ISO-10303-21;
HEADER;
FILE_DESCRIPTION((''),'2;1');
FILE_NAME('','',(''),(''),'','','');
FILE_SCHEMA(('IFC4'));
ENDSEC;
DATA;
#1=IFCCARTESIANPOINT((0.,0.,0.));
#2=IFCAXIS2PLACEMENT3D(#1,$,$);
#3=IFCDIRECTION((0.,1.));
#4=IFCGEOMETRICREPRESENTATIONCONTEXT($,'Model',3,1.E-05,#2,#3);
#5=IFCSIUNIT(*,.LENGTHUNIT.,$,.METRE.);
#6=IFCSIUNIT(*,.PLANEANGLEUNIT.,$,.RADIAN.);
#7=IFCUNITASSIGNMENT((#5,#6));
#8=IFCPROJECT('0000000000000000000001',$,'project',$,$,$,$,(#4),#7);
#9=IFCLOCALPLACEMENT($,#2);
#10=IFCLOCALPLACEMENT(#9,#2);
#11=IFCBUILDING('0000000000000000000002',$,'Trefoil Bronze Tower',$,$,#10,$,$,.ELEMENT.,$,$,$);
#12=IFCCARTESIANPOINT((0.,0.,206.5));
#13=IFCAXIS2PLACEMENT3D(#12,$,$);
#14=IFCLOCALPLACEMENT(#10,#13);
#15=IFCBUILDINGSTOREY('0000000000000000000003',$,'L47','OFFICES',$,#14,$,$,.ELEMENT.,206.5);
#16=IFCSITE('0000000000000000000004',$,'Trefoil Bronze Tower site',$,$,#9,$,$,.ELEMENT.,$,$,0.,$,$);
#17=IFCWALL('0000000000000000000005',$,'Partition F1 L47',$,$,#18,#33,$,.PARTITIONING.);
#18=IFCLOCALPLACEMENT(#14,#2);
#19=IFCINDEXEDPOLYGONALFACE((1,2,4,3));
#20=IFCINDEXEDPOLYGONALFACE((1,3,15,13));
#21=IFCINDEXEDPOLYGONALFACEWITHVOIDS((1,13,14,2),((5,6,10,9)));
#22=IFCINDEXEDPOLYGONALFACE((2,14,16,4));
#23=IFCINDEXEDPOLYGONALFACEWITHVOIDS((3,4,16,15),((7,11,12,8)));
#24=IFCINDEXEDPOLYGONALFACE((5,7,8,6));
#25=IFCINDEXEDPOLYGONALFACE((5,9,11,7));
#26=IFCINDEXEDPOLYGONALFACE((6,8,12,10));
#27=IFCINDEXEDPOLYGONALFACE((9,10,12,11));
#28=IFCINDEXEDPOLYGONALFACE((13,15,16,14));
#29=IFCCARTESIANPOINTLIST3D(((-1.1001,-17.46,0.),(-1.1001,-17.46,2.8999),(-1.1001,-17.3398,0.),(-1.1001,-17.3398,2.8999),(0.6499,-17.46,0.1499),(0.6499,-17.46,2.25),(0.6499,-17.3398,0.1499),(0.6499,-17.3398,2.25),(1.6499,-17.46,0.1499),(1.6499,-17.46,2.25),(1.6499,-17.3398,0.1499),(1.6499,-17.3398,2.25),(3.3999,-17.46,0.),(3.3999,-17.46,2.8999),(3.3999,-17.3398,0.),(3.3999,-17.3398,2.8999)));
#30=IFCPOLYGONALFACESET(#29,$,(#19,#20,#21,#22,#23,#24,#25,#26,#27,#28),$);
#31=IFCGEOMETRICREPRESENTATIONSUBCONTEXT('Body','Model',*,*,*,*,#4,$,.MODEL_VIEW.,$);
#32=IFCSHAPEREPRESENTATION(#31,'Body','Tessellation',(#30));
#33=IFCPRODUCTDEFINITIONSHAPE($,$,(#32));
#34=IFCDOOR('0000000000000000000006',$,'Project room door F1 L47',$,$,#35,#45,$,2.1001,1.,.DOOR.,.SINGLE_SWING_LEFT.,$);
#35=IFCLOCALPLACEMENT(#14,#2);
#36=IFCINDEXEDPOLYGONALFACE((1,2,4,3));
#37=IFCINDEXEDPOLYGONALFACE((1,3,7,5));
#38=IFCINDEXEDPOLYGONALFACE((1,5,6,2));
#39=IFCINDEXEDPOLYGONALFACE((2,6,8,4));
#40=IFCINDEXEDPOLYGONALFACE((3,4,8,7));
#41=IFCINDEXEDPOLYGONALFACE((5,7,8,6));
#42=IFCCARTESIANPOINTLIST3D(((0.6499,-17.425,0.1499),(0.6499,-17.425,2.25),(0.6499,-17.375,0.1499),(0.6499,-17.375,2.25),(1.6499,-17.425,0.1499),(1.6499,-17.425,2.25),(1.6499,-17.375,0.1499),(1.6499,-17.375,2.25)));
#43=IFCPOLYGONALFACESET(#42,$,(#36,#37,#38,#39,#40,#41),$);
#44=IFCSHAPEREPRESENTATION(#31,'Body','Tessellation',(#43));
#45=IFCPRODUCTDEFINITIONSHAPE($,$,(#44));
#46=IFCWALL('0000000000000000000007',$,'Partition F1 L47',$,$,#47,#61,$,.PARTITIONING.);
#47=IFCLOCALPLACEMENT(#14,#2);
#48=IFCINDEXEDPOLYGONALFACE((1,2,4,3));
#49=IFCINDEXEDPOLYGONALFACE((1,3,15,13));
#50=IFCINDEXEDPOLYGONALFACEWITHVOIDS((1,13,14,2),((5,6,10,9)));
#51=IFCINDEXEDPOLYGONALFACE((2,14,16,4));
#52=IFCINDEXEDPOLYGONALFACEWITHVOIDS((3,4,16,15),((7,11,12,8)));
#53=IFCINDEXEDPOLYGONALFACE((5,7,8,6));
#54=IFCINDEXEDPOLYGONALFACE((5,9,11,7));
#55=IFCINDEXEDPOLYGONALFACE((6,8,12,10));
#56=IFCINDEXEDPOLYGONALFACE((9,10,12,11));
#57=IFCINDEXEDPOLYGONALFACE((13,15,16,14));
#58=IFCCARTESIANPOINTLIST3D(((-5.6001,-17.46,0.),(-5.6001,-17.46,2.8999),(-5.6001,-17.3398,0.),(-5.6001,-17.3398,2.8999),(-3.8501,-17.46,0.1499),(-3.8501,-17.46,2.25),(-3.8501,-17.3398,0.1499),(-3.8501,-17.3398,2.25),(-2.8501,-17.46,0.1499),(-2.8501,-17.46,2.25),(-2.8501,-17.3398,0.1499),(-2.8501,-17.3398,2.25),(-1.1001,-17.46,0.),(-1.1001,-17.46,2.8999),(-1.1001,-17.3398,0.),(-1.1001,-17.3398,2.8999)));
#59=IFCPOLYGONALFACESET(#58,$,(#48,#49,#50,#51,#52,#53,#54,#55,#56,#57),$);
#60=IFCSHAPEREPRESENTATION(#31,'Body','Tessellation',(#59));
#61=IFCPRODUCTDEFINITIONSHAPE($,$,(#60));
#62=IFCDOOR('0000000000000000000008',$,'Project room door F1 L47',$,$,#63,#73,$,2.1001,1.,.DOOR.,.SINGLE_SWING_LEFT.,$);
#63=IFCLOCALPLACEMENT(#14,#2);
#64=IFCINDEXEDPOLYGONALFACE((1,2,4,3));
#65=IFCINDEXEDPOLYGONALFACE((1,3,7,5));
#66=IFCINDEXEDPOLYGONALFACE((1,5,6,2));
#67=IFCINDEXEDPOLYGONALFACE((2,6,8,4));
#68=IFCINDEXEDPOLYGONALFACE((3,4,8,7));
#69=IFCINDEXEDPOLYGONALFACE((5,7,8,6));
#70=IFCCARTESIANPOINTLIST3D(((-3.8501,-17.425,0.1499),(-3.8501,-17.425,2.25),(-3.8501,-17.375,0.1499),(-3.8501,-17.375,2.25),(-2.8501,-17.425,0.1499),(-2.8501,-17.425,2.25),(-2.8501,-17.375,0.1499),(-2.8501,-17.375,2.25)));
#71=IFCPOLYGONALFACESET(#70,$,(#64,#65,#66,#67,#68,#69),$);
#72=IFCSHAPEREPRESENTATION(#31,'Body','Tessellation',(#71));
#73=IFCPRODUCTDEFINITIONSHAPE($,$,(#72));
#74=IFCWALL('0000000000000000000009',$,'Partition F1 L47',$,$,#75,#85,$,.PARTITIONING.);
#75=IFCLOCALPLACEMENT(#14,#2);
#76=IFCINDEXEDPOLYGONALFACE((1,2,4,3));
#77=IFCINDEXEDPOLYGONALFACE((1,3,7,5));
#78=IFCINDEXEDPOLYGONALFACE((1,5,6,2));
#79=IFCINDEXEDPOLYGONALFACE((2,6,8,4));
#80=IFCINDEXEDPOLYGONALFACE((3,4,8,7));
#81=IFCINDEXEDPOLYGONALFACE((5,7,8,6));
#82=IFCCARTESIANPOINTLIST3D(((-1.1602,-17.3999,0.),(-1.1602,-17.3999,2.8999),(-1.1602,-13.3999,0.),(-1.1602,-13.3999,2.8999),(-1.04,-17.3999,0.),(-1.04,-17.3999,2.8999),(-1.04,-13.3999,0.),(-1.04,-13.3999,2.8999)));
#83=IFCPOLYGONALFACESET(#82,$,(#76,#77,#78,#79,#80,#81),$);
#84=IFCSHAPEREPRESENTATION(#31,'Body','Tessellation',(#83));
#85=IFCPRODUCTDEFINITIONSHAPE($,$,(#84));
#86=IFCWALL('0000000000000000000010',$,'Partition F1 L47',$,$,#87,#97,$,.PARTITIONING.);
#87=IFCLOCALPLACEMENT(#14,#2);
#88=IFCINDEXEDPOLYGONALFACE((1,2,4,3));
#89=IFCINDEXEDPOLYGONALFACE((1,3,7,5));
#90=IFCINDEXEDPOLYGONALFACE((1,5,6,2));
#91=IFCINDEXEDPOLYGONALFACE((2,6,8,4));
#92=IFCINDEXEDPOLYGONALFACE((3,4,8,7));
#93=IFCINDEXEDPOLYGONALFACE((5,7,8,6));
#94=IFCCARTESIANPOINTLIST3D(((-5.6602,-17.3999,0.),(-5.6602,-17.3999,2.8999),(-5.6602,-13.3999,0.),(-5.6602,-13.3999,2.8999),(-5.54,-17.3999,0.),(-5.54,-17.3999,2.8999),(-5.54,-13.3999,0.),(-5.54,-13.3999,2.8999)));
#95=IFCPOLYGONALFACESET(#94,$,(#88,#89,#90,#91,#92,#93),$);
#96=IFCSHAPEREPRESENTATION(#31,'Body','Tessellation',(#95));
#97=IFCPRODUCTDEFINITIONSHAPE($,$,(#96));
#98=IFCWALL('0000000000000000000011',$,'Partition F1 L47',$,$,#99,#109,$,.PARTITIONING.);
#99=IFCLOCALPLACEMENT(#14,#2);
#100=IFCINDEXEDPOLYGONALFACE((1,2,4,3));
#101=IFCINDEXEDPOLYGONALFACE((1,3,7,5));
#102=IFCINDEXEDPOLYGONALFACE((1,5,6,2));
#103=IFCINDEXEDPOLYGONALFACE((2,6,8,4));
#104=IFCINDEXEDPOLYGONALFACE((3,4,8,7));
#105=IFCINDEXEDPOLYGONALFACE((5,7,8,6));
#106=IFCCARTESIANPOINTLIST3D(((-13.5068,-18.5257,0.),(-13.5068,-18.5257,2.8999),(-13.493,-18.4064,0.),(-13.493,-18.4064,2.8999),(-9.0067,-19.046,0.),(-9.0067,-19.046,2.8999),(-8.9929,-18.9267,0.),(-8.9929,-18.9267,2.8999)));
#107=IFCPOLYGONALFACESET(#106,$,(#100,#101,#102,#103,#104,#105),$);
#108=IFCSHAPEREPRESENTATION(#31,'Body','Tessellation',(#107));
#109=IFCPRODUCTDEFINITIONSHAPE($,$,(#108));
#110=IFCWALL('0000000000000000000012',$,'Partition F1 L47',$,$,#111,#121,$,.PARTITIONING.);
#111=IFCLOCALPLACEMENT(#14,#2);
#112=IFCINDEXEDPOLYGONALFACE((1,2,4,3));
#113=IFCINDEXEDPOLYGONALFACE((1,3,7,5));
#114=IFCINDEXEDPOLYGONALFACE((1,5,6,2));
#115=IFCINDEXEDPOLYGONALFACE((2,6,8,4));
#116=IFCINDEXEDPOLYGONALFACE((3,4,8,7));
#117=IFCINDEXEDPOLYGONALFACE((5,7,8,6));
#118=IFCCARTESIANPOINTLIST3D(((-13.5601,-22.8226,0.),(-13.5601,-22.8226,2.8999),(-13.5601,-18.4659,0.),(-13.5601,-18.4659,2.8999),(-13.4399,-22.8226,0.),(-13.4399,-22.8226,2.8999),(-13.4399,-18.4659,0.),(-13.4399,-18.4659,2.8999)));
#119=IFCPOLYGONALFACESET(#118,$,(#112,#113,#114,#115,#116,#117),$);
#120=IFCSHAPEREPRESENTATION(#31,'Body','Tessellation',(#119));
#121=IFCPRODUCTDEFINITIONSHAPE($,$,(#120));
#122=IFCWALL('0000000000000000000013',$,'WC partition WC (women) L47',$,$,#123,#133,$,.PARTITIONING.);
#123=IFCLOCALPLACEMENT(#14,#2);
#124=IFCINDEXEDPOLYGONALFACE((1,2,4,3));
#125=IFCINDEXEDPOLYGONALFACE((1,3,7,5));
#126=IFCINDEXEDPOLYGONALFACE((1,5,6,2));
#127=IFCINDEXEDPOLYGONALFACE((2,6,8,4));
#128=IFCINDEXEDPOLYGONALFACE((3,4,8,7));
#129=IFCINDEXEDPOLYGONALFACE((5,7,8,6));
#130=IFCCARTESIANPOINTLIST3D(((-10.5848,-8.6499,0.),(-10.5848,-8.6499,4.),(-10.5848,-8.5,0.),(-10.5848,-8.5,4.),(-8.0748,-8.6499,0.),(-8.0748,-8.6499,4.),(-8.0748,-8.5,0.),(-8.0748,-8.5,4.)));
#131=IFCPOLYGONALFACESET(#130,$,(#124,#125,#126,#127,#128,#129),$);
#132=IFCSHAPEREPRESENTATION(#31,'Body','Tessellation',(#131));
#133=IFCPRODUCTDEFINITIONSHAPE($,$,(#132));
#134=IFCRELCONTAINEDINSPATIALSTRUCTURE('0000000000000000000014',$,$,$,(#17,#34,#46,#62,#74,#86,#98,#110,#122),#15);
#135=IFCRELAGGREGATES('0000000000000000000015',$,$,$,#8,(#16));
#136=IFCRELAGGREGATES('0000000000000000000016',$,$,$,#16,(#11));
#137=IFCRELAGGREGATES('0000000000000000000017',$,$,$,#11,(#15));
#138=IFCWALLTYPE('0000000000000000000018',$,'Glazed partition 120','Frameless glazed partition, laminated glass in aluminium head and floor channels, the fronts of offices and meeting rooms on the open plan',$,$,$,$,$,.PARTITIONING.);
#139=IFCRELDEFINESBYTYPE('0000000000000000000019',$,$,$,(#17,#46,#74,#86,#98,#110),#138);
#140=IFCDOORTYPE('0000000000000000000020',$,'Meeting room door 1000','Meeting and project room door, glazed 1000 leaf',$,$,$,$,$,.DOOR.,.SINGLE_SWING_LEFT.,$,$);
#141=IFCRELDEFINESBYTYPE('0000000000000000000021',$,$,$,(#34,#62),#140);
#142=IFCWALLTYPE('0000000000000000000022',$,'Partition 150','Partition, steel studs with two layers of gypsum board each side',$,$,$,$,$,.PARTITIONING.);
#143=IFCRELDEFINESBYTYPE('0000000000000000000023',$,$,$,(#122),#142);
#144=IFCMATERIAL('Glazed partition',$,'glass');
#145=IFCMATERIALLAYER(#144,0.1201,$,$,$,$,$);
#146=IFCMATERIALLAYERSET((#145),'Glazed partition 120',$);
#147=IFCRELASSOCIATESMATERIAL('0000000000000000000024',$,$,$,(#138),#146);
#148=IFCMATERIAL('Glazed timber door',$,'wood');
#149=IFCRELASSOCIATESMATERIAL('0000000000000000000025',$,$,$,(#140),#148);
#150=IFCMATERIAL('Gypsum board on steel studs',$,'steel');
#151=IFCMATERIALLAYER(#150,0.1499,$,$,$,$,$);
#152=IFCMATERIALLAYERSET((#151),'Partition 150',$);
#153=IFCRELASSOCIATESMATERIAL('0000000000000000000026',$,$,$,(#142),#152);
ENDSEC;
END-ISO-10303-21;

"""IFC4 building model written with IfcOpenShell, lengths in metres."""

from ifc_helpers import new_model, si_unit, direction, frame, frame_2d, origin, place, context, subcontext, project, spatial, rectangle, extrude, material, layer, layer_set, type_object, element, fill, save


model = new_model("IFC4")

# Units and contexts
model_context = context("Model", 3, precision=1e-05, world=origin(), true_north=direction((0.0, 1.0)))
body_context = subcontext(model_context, "Body", "Model", "MODEL_VIEW")
ifc_project = project(units=[si_unit("LENGTHUNIT", "METRE"), si_unit("PLANEANGLEUNIT", "RADIAN")], contexts=[model_context])

# Site, building, storey
site_placement = place(None, origin())
site = spatial("IfcSite", under=ifc_project, at=site_placement, Name="Trefoil Bronze Tower site", CompositionType="ELEMENT", RefElevation=0.0)
building_placement = place(site_placement, origin())
building = spatial("IfcBuilding", under=site, at=building_placement, Name="Trefoil Bronze Tower", CompositionType="ELEMENT")
storey_placement = place(building_placement, frame((0.0, 0.0, 206.5)))
storey = spatial("IfcBuildingStorey", under=building, at=storey_placement, Name="L47", Description="OFFICES", CompositionType="ELEMENT", Elevation=206.5)

# Walls, openings, doors
ifc_material_1 = material(Name="Glazed partition", Category="glass")
ifc_layer_1 = layer(ifc_material_1, 0.1201)
ifc_layer_set_1 = layer_set([ifc_layer_1], Name="Glazed partition 120")
wall_type_1 = type_object("IfcWallType", Name="Glazed partition 120", Description="Frameless glazed partition, laminated glass in aluminium head and floor channels, the fronts of offices and meeting rooms on the open plan", PredefinedType="PARTITIONING", material=ifc_layer_set_1)
wall_1_placement = place(storey_placement, frame((-1.1001, -17.3999, 0.0), z_axis=(0.0, 0.0, 1.0), x_axis=(1.0, 0.0, 0.0)))
wall_1 = element("IfcWall", 1, at=wall_1_placement, inside=storey, type_object=wall_type_1, Name="Partition F1 L47", PredefinedType="PARTITIONING", context=body_context, shape_type="SweptSolid", body=[
    extrude(rectangle(XDim=4.5, YDim=0.1201, at=frame_2d((2.25, 0.0))), origin(), (0.0, 0.0, 1.0), 2.8999),
])
opening_1_placement = place(wall_1_placement, frame((1.75, 0.0, 0.1499)))
opening_1 = element("IfcOpeningElement", 2, at=opening_1_placement, cuts=wall_1, PredefinedType="OPENING", context=body_context, shape_type="SweptSolid", body=[
    extrude(rectangle(XDim=1.0, YDim=2.1001, at=frame_2d((0.5, 1.05))), frame((0.0, 0.0701, 0.0), z_axis=(0.0, -1.0, 0.0), x_axis=(1.0, 0.0, 0.0)), (0.0, 0.0, 1.0), 0.1401),
])
ifc_material_2 = material(Name="Glazed timber door", Category="wood")
door_type_1 = type_object("IfcDoorType", Name="Meeting room door 1000", Description="Meeting and project room door, glazed 1000 leaf", OperationType="SINGLE_SWING_LEFT", PredefinedType="DOOR", material=ifc_material_2)
door_1_placement = place(opening_1_placement, origin())
door_1 = element("IfcDoor", 3, at=door_1_placement, inside=storey, type_object=door_type_1, Name="Project room door F1 L47", OperationType="SINGLE_SWING_LEFT", OverallHeight=2.1001, OverallWidth=1.0, PredefinedType="DOOR", context=body_context, shape_type="SweptSolid", body=[
    extrude(rectangle(XDim=1.0, YDim=2.1001, at=frame_2d((0.5, 1.05))), frame((0.0, 0.0249, 0.0), z_axis=(0.0, -1.0, 0.0), x_axis=(1.0, 0.0, 0.0)), (0.0, 0.0, 1.0), 0.05),
])
fill(opening_1, door_1)
wall_2_placement = place(storey_placement, frame((-5.6001, -17.3999, 0.0), z_axis=(0.0, 0.0, 1.0), x_axis=(1.0, 0.0, 0.0)))
wall_2 = element("IfcWall", 4, at=wall_2_placement, inside=storey, type_object=wall_type_1, Name="Partition F1 L47", PredefinedType="PARTITIONING", context=body_context, shape_type="SweptSolid", body=[
    extrude(rectangle(XDim=4.5, YDim=0.1201, at=frame_2d((2.25, 0.0))), origin(), (0.0, 0.0, 1.0), 2.8999),
])
opening_2_placement = place(wall_2_placement, frame((1.75, 0.0, 0.1499)))
opening_2 = element("IfcOpeningElement", 5, at=opening_2_placement, cuts=wall_2, PredefinedType="OPENING", context=body_context, shape_type="SweptSolid", body=[
    extrude(rectangle(XDim=1.0, YDim=2.1001, at=frame_2d((0.5, 1.05))), frame((0.0, 0.0701, 0.0), z_axis=(0.0, -1.0, 0.0), x_axis=(1.0, 0.0, 0.0)), (0.0, 0.0, 1.0), 0.1401),
])
door_2_placement = place(opening_2_placement, origin())
door_2 = element("IfcDoor", 6, at=door_2_placement, inside=storey, type_object=door_type_1, Name="Project room door F1 L47", OperationType="SINGLE_SWING_LEFT", OverallHeight=2.1001, OverallWidth=1.0, PredefinedType="DOOR", context=body_context, shape_type="SweptSolid", body=[
    extrude(rectangle(XDim=1.0, YDim=2.1001, at=frame_2d((0.5, 1.05))), frame((0.0, 0.0249, 0.0), z_axis=(0.0, -1.0, 0.0), x_axis=(1.0, 0.0, 0.0)), (0.0, 0.0, 1.0), 0.05),
])
fill(opening_2, door_2)

# Walls
for number, where, z_axis, x_axis, name in (
    (7, (-1.1001, -13.3999, 0.0), (0.0, 0.0, 1.0), (0.0, -1.0, 0.0), "Partition F1 L47"),
    (8, (-5.6001, -13.3999, 0.0), (0.0, 0.0, 1.0), (0.0, -1.0, 0.0), "Partition F1 L47"),
):
    element("IfcWall", number, at=place(storey_placement, frame(where, z_axis=z_axis, x_axis=x_axis)), inside=storey, type_object=wall_type_1, Name=name, PredefinedType="PARTITIONING", context=body_context, shape_type="SweptSolid", body=[
        extrude(rectangle(XDim=4.0, YDim=0.1201, at=frame_2d((2.0, 0.0))), origin(), (0.0, 0.0, 1.0), 2.8999),
    ])
wall_3_placement = place(storey_placement, frame((-13.5, -18.4661, 0.0), z_axis=(0.0, 0.0, 1.0), x_axis=(0.993383, -0.114849, 0.0)))
element("IfcWall", 9, at=wall_3_placement, inside=storey, type_object=wall_type_1, Name="Partition F1 L47", PredefinedType="PARTITIONING", context=body_context, shape_type="SweptSolid", body=[
    extrude(rectangle(XDim=4.53, YDim=0.1201, at=frame_2d((2.2651, 0.0))), origin(), (0.0, 0.0, 1.0), 2.8999),
])
wall_4_placement = place(storey_placement, frame((-13.5, -18.4661, 0.0), z_axis=(0.0, 0.0, 1.0), x_axis=(0.0, -1.0, 0.0)))
element("IfcWall", 10, at=wall_4_placement, inside=storey, type_object=wall_type_1, Name="Partition F1 L47", PredefinedType="PARTITIONING", context=body_context, shape_type="SweptSolid", body=[
    extrude(rectangle(XDim=4.3567, YDim=0.1201, at=frame_2d((2.1782, 0.0))), origin(), (0.0, 0.0, 1.0), 2.8999),
])
ifc_material_3 = material(Name="Gypsum board on steel studs", Category="steel")
ifc_layer_2 = layer(ifc_material_3, 0.1499)
ifc_layer_set_2 = layer_set([ifc_layer_2], Name="Partition 150")
wall_type_2 = type_object("IfcWallType", Name="Partition 150", Description="Partition, steel studs with two layers of gypsum board each side", PredefinedType="PARTITIONING", material=ifc_layer_set_2)
wall_5_placement = place(storey_placement, frame((-8.075, -8.575, 0.0), z_axis=(0.0, 0.0, 1.0), x_axis=(-1.0, 0.0, 0.0)))
element("IfcWall", 11, at=wall_5_placement, inside=storey, type_object=wall_type_2, Name="WC partition WC (women) L47", PredefinedType="PARTITIONING", context=body_context, shape_type="SweptSolid", body=[
    extrude(rectangle(XDim=2.51, YDim=0.1499, at=frame_2d((1.2549, 0.0))), origin(), (0.0, 0.0, 1.0), 4.0),
])

save(model, "model.ifc")
